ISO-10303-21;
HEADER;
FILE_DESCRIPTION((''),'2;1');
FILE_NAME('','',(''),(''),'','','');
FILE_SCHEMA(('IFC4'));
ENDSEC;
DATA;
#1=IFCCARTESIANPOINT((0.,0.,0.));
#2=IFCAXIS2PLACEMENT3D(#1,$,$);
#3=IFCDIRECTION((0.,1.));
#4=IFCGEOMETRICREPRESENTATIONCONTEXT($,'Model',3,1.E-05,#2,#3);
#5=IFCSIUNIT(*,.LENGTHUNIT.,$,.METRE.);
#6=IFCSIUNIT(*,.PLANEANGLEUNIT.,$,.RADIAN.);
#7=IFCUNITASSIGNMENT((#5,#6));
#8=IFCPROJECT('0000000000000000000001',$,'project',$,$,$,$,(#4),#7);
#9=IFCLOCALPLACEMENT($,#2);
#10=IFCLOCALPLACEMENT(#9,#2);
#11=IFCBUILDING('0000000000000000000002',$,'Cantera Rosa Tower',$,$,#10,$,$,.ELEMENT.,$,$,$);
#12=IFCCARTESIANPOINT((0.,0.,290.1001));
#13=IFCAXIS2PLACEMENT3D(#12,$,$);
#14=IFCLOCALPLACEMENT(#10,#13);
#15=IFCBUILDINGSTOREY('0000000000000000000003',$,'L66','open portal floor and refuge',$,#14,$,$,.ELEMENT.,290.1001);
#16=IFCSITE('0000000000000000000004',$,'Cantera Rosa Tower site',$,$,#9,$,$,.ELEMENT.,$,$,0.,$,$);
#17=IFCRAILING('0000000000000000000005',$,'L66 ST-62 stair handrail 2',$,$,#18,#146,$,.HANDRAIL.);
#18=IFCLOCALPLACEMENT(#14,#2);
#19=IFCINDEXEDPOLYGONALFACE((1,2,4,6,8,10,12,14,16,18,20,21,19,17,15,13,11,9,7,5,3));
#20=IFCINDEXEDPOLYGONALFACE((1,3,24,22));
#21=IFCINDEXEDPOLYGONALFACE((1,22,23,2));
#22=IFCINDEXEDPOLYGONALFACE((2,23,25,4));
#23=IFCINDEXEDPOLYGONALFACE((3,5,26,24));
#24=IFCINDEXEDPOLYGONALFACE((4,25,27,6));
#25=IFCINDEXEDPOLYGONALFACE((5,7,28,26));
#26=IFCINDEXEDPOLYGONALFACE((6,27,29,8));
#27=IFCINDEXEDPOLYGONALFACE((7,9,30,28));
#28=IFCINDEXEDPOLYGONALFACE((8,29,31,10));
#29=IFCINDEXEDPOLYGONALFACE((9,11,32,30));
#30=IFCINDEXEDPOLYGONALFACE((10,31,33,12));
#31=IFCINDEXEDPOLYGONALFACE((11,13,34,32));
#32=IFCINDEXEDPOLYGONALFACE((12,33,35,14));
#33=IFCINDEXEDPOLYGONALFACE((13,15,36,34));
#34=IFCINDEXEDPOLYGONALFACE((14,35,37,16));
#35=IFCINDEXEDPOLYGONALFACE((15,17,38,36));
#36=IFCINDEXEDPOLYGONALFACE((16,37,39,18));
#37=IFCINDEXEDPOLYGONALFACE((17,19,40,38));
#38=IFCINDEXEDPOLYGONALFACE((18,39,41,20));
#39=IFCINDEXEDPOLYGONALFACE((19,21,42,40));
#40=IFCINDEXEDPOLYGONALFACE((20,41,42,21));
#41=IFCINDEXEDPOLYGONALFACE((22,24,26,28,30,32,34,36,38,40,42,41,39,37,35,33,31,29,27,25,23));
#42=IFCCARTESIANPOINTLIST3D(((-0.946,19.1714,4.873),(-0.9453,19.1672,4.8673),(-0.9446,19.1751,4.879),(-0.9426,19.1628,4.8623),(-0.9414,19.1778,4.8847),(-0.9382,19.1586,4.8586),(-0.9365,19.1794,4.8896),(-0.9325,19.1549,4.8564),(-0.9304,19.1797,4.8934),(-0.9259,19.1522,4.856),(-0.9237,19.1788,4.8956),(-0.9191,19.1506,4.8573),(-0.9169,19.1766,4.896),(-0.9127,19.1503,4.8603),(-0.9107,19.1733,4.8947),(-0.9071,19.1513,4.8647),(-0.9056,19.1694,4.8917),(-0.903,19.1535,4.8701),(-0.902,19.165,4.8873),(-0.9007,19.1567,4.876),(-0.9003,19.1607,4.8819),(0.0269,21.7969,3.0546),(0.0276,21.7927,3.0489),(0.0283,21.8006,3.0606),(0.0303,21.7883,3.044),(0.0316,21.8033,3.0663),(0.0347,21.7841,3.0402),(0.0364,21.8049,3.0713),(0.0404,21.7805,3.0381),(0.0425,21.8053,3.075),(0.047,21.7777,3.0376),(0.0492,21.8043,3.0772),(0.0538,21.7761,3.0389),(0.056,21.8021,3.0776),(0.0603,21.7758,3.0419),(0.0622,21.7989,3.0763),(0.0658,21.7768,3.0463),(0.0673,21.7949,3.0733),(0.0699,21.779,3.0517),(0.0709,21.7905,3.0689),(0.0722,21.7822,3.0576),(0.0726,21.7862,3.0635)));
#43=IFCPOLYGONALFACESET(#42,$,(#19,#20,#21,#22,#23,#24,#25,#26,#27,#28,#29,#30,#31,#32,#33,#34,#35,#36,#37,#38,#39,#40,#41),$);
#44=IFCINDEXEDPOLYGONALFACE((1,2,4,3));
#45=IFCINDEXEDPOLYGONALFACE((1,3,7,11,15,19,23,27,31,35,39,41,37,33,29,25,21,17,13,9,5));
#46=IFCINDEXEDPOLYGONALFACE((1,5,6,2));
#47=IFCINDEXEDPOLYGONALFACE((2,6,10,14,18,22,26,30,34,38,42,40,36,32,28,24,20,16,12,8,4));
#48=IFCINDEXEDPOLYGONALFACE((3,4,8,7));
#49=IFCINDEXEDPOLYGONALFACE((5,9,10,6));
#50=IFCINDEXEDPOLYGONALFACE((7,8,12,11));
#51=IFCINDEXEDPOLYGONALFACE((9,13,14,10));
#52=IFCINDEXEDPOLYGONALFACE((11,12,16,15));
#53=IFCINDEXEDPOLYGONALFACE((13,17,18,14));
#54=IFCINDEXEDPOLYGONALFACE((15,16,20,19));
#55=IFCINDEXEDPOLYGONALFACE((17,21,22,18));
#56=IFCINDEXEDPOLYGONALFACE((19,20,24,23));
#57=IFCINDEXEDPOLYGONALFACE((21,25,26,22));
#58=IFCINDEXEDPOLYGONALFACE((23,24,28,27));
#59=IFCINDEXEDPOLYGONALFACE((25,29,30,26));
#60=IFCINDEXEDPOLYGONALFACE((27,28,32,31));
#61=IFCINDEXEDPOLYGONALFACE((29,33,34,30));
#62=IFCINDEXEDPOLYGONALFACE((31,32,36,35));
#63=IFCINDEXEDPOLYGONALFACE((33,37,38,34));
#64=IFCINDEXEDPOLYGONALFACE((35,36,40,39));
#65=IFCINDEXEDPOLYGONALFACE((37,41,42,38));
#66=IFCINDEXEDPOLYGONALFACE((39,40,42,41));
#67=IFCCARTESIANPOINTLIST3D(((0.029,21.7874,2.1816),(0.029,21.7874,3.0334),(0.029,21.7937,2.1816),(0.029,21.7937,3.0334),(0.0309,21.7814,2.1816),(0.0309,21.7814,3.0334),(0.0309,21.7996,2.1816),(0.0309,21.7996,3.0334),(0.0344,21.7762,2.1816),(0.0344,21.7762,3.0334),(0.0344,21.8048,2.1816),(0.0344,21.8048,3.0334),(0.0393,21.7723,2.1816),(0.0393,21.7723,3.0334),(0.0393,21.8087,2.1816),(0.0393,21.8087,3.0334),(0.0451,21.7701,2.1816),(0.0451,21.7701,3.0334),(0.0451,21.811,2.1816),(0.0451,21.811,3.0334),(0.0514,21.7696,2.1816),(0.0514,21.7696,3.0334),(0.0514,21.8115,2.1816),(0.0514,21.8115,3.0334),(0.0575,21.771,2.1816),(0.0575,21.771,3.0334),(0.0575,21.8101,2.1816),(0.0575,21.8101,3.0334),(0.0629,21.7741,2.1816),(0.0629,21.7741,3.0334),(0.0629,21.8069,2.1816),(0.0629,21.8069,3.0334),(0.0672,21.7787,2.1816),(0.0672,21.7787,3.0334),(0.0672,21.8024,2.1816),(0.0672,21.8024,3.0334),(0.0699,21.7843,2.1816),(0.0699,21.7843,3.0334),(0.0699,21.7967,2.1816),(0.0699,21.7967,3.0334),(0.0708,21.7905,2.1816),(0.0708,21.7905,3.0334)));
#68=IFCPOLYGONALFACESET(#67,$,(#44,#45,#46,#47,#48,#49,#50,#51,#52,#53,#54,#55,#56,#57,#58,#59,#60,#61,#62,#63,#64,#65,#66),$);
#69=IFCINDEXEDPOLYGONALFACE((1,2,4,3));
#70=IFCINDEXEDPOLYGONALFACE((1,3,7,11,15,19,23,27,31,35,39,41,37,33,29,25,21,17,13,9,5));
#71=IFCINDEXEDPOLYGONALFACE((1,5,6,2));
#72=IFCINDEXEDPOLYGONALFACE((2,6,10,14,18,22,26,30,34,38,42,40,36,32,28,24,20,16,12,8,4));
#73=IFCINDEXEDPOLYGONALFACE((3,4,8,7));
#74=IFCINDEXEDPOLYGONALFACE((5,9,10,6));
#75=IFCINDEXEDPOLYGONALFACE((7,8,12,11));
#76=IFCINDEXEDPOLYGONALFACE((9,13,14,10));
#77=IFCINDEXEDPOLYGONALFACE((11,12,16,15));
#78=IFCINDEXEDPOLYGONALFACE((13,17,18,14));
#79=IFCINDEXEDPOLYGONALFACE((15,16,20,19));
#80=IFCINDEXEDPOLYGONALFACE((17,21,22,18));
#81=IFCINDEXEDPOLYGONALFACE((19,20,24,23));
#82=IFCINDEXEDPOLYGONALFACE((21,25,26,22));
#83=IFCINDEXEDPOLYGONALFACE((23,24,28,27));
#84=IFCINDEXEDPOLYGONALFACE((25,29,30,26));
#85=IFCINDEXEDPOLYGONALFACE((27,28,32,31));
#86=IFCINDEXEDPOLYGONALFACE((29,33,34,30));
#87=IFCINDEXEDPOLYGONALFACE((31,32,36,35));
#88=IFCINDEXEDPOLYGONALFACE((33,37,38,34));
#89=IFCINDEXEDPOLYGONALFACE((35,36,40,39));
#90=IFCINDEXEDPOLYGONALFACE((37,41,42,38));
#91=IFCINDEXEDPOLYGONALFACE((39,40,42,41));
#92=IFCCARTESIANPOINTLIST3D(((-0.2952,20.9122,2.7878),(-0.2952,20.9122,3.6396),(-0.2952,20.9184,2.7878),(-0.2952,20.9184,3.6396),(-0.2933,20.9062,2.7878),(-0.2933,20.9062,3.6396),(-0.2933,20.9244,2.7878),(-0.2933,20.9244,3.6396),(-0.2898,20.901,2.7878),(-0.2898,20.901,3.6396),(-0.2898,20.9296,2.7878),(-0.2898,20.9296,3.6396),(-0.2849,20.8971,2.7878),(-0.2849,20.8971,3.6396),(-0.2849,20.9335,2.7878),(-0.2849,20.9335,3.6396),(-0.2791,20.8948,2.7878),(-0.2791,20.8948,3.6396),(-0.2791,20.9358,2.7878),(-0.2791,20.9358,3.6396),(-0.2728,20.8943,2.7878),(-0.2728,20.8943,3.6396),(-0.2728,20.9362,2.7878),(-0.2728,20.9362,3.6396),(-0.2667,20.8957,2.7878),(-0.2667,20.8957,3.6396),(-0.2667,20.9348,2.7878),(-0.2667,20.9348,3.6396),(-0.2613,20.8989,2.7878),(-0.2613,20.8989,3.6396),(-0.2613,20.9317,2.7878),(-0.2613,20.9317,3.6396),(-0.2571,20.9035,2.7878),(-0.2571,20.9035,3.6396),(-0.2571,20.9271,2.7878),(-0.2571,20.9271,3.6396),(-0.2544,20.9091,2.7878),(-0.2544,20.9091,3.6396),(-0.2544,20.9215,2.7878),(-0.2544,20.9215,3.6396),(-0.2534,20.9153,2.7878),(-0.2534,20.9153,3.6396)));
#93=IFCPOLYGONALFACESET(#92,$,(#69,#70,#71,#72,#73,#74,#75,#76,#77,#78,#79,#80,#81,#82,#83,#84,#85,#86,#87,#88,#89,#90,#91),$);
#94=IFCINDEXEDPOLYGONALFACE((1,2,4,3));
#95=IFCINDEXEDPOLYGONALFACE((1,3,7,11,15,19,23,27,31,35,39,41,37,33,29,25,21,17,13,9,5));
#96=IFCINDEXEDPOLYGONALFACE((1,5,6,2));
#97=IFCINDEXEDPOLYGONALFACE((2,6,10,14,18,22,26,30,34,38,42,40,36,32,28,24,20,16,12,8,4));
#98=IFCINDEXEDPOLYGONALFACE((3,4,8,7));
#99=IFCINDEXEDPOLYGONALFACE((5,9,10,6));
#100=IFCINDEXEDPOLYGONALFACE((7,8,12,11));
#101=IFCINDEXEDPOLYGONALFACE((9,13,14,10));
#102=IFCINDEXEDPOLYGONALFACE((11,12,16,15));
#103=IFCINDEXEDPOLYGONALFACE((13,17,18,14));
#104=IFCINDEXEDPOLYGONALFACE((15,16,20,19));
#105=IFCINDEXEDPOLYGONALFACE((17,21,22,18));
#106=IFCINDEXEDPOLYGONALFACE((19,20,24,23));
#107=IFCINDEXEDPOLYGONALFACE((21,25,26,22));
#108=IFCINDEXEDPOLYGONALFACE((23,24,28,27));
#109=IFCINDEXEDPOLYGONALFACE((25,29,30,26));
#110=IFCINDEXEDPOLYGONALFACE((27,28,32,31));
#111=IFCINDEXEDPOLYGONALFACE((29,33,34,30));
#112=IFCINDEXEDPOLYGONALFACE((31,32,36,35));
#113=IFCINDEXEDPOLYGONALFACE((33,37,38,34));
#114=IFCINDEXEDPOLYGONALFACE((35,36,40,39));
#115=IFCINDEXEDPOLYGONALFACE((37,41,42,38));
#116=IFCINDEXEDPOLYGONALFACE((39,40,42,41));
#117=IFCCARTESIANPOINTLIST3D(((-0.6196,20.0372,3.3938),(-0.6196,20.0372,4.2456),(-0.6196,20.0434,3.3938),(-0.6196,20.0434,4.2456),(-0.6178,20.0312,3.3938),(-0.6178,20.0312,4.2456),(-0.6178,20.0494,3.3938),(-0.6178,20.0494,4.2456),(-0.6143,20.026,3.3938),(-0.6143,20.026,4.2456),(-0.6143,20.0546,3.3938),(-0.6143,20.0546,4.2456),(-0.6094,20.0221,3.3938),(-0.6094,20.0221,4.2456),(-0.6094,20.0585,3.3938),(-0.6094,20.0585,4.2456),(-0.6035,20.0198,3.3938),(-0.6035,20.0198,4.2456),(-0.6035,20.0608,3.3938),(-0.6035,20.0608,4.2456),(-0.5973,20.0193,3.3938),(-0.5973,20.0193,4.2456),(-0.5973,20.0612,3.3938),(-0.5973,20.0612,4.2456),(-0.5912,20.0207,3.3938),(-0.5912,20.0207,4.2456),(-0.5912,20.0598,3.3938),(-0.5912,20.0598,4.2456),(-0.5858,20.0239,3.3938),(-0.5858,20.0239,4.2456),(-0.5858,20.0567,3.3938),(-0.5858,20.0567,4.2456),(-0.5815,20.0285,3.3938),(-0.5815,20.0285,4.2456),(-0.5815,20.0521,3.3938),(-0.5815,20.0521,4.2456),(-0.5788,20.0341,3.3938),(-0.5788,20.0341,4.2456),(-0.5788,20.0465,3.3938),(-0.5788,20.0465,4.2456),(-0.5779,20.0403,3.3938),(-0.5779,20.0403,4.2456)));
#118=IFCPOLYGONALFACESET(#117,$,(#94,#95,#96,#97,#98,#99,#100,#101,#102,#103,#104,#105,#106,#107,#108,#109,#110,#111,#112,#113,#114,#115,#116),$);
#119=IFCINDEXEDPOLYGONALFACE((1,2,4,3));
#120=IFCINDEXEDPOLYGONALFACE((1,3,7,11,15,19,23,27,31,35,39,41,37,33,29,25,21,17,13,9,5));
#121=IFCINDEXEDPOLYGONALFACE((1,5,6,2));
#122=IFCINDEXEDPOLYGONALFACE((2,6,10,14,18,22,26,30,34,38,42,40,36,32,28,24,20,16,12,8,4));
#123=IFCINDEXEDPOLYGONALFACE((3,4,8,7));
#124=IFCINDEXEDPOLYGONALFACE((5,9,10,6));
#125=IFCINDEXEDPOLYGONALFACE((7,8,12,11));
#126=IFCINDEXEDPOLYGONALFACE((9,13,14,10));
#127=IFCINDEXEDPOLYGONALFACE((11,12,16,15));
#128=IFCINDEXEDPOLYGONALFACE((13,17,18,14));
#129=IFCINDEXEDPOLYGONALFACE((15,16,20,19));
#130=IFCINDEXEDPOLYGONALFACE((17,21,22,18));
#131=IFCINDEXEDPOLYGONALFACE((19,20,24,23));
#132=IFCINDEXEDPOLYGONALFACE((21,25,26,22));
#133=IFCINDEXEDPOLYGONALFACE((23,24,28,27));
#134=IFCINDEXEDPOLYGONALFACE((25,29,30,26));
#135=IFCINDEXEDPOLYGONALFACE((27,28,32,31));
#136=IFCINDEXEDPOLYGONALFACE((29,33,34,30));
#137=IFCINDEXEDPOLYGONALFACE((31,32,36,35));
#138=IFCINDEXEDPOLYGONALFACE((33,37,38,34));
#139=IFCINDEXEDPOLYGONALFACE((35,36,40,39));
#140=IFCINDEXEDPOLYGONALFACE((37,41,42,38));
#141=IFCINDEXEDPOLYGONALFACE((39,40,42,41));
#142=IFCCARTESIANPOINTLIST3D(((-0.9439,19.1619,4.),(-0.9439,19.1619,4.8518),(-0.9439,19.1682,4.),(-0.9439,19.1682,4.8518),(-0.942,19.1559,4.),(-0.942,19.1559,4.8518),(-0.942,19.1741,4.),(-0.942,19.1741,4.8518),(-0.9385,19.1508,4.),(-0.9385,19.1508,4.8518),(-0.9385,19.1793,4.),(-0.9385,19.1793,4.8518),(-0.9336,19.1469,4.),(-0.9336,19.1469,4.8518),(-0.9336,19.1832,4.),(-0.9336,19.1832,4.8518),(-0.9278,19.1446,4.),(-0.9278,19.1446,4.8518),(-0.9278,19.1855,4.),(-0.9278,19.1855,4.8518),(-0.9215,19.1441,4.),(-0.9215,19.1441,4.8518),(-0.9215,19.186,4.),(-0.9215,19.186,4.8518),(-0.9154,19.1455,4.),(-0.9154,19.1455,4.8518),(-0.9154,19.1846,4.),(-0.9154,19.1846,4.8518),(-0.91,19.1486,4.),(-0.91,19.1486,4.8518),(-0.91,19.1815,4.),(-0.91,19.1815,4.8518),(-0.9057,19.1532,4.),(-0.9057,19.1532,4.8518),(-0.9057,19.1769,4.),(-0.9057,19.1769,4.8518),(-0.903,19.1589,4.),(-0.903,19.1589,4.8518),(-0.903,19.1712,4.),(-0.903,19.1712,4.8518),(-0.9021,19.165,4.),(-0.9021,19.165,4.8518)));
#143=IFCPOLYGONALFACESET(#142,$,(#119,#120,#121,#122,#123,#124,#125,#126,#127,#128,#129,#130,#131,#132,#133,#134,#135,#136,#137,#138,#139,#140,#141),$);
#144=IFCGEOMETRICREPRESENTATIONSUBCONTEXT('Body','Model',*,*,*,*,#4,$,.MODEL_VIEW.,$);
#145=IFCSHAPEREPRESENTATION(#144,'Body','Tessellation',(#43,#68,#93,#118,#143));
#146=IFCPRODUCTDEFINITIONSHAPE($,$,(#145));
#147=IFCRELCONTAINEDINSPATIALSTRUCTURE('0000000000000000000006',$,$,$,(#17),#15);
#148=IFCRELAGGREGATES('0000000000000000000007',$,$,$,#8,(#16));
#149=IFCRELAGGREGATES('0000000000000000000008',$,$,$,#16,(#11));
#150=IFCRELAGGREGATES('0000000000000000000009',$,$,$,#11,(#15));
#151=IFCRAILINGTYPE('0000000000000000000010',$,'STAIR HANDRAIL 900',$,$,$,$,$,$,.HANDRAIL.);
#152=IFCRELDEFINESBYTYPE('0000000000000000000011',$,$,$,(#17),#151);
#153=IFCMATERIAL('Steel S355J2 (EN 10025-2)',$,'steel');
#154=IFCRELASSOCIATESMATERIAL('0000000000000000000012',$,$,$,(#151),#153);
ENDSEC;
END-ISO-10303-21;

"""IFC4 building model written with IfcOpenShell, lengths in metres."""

from ifc_helpers import new_model, si_unit, direction, frame, origin, origin_2d, place, context, subcontext, project, spatial, circle, extrude, material, type_object, element, save


model = new_model("IFC4")

# Units and contexts
model_context = context("Model", 3, precision=1e-05, world=origin(), true_north=direction((0.0, 1.0)))
body_context = subcontext(model_context, "Body", "Model", "MODEL_VIEW")
ifc_project = project(units=[si_unit("LENGTHUNIT", "METRE"), si_unit("PLANEANGLEUNIT", "RADIAN")], contexts=[model_context])

# Site, building, storey
site_placement = place(None, origin())
site = spatial("IfcSite", under=ifc_project, at=site_placement, Name="Cantera Rosa Tower site", CompositionType="ELEMENT", RefElevation=0.0)
building_placement = place(site_placement, origin())
building = spatial("IfcBuilding", under=site, at=building_placement, Name="Cantera Rosa Tower", CompositionType="ELEMENT")
storey_placement = place(building_placement, frame((0.0, 0.0, 290.1001)))
storey = spatial("IfcBuildingStorey", under=building, at=storey_placement, Name="L66", Description="open portal floor and refuge", CompositionType="ELEMENT", Elevation=290.1001)

# Railing
ifc_material_1 = material(Name="Steel S355J2 (EN 10025-2)", Category="steel")
railing_type_1 = type_object("IfcRailingType", Name="STAIR HANDRAIL 900", PredefinedType="HANDRAIL", material=ifc_material_1)
for number, where, name in (
    (1, (0.0498, 21.7905, 2.1816), "L66 ST-62 stair handrail 2"),
):
    element("IfcRailing", number, at=place(storey_placement, frame(where)), inside=storey, type_object=railing_type_1, Name=name, PredefinedType="HANDRAIL", context=body_context, shape_type="SweptSolid", body=[
        extrude(circle(Radius=0.0239, at=origin_2d()), frame((0.0, 0.0, 0.876), z_axis=(-0.291411, -0.786407, 0.54465), x_axis=(0.937691, -0.347471, 0.0)), (0.0, 0.0, 1.0), 3.3386),
        extrude(circle(Radius=0.021, at=origin_2d()), origin(), (0.0, 0.0, 1.0), 0.8518),
        extrude(circle(Radius=0.021, at=origin_2d()), frame((-0.3242, -0.8752, 0.6062)), (0.0, 0.0, 1.0), 0.8518),
        extrude(circle(Radius=0.021, at=origin_2d()), frame((-0.6487, -1.7502, 1.2122)), (0.0, 0.0, 1.0), 0.8518),
        extrude(circle(Radius=0.021, at=origin_2d()), frame((-0.9729, -2.6255, 1.8184)), (0.0, 0.0, 1.0), 0.8518),
    ])

save(model, "model.ifc")
